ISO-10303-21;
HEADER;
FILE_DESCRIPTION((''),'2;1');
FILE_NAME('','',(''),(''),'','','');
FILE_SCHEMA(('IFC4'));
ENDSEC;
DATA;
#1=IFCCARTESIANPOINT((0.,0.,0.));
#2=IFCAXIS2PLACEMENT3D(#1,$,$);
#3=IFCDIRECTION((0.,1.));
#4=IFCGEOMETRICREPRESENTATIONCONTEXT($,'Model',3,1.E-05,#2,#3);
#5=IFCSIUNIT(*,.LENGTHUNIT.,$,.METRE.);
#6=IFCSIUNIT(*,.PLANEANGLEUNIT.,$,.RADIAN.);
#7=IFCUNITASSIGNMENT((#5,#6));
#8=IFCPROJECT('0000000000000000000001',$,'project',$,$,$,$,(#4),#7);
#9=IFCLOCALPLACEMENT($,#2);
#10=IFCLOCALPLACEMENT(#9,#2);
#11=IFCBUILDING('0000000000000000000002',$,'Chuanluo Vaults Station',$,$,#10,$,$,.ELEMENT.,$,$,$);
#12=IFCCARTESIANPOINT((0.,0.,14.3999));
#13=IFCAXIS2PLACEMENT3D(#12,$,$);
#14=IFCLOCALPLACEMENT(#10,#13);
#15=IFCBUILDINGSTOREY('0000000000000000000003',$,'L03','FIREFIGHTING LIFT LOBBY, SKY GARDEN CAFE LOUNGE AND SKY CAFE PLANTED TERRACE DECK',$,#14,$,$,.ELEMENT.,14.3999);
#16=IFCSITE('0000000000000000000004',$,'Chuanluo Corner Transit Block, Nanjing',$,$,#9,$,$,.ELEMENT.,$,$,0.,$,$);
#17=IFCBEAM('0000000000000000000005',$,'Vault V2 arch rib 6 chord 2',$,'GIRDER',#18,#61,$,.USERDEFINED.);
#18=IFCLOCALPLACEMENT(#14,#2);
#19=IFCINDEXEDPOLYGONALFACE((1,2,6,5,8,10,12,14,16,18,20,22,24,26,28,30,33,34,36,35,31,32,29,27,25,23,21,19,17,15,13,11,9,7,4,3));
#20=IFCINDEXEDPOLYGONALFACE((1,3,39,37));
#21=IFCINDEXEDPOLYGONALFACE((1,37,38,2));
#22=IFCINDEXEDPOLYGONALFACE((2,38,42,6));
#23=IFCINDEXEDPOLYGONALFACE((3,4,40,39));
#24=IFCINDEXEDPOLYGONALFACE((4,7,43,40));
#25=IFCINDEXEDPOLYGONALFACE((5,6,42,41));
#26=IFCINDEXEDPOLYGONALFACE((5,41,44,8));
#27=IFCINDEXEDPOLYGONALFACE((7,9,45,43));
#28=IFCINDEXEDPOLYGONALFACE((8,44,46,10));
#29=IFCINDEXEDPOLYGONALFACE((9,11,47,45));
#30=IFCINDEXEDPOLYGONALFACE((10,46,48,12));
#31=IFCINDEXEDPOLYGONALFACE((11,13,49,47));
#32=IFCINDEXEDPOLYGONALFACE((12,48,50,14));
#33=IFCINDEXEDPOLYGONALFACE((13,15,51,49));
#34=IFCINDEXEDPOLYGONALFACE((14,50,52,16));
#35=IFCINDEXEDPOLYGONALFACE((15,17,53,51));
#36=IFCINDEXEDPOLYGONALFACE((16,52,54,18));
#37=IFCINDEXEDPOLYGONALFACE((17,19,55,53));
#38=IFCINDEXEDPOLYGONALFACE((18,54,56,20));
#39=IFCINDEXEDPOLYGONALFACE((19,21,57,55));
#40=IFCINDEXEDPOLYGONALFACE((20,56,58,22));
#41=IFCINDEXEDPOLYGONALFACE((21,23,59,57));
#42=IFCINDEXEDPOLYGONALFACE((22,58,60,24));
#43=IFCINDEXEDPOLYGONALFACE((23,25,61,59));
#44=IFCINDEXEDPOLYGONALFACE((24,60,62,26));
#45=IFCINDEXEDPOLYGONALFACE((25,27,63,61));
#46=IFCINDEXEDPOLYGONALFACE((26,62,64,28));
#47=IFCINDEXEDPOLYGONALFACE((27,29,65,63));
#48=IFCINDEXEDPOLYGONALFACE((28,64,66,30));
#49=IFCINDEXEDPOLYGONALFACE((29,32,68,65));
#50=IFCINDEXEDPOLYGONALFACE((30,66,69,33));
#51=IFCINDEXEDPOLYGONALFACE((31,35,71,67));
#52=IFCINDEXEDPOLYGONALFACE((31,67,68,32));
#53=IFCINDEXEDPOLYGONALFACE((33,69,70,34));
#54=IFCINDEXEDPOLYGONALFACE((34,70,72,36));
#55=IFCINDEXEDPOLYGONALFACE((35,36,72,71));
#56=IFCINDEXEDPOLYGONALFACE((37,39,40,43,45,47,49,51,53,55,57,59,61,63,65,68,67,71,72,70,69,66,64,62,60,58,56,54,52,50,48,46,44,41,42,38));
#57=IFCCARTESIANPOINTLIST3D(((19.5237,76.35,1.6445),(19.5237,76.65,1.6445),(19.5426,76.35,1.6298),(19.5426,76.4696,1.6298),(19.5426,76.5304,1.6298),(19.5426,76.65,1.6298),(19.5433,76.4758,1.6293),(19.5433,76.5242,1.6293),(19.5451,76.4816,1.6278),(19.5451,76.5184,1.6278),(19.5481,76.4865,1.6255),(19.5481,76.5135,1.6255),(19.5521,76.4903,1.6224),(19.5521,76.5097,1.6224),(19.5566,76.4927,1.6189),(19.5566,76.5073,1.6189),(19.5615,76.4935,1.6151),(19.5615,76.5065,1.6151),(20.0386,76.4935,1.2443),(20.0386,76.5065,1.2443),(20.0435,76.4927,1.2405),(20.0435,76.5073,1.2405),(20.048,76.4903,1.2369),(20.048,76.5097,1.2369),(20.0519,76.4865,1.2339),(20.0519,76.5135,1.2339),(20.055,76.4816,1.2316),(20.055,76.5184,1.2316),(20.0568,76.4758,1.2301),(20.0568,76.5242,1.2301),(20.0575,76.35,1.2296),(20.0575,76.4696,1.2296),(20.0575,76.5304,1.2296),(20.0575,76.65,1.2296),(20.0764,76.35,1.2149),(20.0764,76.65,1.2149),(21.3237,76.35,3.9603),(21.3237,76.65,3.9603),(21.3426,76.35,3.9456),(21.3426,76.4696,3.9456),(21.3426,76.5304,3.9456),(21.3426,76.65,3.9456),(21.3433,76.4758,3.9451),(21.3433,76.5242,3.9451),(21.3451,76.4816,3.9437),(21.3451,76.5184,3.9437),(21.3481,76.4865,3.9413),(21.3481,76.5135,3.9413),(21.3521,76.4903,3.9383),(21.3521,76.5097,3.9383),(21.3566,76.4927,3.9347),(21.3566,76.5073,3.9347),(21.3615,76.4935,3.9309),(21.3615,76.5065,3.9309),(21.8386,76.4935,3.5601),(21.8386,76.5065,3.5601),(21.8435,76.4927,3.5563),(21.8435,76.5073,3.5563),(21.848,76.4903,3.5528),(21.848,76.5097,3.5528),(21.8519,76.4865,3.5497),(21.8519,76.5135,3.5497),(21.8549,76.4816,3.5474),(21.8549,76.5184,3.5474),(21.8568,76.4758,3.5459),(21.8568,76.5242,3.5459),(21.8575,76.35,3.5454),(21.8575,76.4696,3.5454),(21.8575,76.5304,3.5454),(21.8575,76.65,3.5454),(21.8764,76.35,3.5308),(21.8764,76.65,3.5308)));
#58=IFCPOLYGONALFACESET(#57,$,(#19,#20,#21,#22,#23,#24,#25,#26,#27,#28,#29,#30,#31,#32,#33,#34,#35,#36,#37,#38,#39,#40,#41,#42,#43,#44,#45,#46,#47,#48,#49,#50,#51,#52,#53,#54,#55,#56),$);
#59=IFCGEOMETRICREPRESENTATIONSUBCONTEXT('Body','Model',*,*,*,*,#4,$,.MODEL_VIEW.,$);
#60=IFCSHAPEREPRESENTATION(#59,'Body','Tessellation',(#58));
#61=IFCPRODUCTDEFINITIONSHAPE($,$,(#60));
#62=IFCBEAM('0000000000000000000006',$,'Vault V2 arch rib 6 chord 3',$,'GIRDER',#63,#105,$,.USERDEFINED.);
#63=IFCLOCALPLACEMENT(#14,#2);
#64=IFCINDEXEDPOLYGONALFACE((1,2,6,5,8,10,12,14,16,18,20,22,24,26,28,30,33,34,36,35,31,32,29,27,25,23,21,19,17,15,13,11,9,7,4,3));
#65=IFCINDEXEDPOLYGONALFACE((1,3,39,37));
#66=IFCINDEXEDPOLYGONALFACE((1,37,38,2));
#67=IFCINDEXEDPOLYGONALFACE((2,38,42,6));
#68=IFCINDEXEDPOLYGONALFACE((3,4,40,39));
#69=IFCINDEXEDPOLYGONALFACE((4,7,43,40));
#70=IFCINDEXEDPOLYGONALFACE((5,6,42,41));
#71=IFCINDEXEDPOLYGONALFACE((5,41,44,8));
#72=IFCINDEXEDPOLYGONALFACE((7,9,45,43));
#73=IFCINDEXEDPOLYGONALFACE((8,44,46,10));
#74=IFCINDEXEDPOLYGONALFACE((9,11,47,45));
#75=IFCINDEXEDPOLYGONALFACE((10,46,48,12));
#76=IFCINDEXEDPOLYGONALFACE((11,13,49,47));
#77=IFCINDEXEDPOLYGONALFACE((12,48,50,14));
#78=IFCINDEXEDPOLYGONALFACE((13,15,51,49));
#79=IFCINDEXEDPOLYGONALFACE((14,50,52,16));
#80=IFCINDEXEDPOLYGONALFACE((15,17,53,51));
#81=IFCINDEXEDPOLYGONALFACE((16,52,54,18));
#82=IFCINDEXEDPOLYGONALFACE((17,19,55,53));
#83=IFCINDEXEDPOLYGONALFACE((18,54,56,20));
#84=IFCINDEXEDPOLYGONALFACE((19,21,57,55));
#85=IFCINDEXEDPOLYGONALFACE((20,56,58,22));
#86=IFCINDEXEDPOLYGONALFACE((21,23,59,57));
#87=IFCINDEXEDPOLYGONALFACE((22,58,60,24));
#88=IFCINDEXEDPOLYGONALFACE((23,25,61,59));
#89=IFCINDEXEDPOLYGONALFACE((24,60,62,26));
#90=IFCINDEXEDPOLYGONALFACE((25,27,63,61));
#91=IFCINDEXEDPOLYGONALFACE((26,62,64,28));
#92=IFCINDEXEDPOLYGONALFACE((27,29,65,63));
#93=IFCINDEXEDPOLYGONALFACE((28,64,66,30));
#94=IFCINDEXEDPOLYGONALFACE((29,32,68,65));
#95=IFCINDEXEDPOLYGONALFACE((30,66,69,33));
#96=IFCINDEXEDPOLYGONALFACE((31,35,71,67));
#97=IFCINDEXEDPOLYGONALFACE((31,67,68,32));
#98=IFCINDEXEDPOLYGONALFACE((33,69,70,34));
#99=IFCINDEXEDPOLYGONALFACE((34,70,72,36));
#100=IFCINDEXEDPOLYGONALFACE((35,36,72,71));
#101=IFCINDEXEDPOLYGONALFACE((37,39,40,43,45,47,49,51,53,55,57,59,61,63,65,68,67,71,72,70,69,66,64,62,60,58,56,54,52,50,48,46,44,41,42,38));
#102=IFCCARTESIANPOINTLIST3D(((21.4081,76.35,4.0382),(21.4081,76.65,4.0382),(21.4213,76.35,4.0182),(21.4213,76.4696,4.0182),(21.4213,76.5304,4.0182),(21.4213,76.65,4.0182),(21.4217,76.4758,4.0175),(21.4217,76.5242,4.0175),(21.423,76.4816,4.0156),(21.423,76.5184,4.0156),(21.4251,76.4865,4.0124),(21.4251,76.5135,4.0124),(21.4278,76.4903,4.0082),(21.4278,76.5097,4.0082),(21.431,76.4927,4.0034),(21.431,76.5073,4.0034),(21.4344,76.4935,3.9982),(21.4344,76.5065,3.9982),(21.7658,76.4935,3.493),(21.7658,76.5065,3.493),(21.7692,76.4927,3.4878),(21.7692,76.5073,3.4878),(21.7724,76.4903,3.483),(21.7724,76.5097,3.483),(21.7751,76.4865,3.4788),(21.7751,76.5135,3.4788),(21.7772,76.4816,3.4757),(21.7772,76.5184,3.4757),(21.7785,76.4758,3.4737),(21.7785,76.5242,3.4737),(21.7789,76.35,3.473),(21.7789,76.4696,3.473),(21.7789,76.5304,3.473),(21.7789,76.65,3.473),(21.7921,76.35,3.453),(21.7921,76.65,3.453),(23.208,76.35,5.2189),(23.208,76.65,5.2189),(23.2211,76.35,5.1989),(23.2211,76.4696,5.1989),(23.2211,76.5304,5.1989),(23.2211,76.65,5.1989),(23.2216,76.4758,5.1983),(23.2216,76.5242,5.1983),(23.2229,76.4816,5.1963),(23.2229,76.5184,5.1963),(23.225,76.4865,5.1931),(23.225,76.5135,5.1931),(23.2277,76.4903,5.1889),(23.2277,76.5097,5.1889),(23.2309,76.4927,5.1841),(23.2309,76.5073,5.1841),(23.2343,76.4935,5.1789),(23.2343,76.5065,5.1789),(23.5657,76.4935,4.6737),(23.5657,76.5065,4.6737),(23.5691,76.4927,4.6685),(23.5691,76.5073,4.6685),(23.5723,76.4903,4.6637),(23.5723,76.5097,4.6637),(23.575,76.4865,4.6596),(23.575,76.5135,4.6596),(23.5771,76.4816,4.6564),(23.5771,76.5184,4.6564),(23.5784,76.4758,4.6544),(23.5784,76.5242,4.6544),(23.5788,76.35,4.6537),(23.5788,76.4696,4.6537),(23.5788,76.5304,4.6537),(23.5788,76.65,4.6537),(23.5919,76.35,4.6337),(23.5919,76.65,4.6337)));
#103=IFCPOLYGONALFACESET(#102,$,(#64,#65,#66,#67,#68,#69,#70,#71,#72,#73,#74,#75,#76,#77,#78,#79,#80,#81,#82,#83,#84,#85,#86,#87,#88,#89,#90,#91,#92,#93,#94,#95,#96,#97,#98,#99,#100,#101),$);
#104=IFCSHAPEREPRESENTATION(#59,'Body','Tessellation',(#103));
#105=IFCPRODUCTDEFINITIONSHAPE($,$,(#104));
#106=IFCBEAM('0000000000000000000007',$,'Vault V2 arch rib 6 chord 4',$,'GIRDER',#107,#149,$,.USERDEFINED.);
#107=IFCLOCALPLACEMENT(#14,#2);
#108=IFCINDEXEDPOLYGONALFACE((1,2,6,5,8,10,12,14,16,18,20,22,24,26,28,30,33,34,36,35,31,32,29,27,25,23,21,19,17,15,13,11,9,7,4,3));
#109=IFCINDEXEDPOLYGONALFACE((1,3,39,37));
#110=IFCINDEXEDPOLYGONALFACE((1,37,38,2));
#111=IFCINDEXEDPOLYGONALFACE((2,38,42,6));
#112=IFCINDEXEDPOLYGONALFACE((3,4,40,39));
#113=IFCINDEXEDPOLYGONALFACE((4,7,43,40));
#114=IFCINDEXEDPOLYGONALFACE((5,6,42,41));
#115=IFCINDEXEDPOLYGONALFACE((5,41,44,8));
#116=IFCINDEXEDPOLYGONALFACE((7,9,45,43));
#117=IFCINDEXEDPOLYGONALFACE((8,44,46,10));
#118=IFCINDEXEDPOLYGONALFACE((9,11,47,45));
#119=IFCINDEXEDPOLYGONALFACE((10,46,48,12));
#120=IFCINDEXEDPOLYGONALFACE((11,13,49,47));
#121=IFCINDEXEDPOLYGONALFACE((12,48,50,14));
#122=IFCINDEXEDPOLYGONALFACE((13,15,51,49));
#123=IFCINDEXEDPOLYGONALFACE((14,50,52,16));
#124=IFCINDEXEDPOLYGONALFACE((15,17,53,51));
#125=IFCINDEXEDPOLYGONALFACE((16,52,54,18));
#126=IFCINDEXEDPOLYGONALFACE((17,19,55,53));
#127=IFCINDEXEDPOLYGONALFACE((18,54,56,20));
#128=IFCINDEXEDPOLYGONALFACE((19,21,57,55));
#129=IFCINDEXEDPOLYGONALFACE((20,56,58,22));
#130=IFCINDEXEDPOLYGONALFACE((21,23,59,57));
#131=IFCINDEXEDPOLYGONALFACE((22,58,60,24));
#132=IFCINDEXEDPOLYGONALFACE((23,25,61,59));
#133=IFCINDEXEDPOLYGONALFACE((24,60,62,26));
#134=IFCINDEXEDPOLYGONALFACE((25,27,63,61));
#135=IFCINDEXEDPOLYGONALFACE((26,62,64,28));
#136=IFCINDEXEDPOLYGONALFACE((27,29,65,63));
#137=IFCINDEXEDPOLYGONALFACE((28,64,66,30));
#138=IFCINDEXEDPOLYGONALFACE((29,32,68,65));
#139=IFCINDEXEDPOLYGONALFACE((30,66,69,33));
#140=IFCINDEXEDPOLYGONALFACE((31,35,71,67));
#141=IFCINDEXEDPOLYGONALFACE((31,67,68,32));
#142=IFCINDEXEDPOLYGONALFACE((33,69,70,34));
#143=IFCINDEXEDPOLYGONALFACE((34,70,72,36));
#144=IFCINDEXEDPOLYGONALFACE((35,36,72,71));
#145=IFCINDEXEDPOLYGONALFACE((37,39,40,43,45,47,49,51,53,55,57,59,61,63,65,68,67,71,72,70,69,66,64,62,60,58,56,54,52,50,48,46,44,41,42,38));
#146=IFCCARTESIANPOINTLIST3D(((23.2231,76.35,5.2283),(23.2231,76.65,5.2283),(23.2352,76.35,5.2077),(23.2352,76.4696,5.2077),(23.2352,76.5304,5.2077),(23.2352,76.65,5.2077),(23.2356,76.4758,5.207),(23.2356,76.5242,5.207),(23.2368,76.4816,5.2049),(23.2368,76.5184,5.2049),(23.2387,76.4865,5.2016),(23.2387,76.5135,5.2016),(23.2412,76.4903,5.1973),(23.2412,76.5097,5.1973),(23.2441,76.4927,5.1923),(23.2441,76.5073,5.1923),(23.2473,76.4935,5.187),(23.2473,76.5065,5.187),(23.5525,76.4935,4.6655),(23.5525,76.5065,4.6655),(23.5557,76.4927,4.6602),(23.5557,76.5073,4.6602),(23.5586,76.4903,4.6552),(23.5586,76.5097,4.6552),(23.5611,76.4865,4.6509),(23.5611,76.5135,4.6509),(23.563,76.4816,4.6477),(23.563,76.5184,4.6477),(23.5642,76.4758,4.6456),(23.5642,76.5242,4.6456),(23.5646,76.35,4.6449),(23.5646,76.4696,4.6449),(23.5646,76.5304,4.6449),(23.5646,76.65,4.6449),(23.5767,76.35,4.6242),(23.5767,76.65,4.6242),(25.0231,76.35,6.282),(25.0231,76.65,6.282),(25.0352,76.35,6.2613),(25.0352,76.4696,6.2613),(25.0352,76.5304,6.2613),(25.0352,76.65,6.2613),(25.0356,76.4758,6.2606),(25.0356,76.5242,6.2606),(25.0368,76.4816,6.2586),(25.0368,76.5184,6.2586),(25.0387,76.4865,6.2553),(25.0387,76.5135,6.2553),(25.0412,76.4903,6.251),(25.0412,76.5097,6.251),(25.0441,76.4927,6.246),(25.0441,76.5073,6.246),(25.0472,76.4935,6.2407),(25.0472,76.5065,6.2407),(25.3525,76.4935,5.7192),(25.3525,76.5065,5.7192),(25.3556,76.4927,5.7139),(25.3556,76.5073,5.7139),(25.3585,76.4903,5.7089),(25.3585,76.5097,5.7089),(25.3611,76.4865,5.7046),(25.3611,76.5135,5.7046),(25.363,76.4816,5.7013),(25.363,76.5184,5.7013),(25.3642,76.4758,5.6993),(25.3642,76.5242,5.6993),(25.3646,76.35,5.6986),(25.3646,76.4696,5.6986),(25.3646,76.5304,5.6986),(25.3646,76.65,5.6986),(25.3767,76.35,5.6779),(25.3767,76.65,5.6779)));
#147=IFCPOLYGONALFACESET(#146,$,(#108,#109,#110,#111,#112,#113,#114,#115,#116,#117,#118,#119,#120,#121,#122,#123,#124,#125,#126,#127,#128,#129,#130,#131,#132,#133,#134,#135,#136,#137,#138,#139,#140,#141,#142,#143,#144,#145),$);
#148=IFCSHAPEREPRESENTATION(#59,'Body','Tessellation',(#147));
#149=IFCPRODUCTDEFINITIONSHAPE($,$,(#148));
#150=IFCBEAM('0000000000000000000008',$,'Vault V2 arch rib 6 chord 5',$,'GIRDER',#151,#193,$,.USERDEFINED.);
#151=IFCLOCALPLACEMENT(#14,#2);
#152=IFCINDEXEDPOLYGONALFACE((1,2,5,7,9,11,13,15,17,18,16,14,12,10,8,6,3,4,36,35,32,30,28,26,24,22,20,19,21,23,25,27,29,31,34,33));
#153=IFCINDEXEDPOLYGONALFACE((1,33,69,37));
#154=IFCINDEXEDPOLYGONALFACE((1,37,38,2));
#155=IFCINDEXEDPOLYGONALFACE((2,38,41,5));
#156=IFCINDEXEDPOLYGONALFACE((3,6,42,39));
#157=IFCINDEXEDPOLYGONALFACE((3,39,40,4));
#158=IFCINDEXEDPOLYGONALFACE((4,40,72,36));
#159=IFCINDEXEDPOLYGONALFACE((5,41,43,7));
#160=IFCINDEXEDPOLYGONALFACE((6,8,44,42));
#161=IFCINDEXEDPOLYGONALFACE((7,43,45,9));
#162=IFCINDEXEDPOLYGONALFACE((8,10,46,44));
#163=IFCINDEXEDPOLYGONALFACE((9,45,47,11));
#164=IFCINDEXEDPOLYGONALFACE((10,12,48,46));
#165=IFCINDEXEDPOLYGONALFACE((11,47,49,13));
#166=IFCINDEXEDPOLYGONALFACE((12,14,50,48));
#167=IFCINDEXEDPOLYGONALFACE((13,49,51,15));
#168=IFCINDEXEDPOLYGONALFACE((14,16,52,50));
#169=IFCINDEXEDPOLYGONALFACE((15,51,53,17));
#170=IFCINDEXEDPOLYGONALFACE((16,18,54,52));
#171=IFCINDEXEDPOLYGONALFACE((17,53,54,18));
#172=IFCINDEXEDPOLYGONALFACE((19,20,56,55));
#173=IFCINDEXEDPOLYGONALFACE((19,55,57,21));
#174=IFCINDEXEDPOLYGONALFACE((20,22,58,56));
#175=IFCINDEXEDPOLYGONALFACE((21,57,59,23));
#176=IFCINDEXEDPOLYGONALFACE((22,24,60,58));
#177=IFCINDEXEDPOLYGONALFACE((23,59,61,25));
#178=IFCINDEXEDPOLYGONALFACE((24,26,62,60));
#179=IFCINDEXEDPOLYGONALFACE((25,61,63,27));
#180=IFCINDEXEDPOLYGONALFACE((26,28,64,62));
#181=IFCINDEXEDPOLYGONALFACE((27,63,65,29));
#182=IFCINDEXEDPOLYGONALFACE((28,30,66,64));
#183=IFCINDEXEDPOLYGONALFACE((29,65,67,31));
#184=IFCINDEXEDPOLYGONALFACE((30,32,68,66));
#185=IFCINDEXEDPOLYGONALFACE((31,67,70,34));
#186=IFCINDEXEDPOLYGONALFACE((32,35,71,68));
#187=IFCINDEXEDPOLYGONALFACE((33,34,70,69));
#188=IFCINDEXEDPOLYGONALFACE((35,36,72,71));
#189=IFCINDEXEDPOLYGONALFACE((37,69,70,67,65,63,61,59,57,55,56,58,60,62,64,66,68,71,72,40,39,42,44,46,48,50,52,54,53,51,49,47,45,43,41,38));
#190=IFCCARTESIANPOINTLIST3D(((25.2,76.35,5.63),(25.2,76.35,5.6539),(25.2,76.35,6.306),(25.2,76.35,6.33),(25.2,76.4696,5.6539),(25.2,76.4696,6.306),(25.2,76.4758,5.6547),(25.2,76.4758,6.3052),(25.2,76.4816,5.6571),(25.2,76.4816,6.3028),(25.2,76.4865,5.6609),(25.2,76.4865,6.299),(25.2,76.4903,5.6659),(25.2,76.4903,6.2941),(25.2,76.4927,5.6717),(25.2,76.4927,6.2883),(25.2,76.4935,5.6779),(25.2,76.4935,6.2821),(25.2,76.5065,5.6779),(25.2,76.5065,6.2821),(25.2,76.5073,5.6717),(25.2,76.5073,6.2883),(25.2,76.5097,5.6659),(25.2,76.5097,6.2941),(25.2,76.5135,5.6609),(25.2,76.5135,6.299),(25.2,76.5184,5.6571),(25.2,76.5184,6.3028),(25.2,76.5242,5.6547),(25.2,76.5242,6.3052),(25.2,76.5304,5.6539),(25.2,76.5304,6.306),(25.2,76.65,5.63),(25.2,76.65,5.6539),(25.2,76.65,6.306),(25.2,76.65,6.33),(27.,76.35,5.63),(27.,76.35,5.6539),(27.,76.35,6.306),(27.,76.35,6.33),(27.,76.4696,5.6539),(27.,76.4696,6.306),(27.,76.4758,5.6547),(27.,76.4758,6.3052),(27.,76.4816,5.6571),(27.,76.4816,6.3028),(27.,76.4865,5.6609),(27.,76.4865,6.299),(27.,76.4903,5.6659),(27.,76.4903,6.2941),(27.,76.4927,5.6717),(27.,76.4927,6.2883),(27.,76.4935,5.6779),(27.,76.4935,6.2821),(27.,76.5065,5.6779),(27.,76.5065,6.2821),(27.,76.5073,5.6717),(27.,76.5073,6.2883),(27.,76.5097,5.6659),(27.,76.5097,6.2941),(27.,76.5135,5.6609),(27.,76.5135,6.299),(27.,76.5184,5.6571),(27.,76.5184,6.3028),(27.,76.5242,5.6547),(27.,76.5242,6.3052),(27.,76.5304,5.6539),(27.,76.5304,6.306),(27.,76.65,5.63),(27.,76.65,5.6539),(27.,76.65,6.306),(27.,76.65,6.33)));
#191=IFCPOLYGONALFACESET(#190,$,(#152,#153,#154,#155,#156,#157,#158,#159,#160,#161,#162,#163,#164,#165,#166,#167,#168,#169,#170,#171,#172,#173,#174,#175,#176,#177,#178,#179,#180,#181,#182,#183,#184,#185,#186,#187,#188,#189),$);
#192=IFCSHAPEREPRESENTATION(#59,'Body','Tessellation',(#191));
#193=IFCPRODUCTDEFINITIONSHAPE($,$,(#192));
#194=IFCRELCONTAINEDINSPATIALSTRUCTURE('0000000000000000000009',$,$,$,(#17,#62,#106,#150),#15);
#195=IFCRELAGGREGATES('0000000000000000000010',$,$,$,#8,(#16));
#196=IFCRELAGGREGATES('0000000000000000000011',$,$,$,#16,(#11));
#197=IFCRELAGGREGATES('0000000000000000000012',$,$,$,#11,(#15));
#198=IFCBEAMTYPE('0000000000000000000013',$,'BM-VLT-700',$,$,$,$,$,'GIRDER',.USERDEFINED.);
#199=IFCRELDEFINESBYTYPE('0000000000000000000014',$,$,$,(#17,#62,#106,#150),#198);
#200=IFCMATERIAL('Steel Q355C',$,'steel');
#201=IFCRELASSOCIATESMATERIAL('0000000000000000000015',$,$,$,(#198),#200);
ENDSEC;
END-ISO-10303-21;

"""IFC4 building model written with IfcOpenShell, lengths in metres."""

from ifc_helpers import new_model, si_unit, direction, frame, origin, origin_2d, place, context, subcontext, project, spatial, i_section, extrude, material, material_profile, profile_set, type_object, element, save


model = new_model("IFC4")

# Units and contexts
model_context = context("Model", 3, precision=1e-05, world=origin(), true_north=direction((0.0, 1.0)))
body_context = subcontext(model_context, "Body", "Model", "MODEL_VIEW")
ifc_project = project(units=[si_unit("LENGTHUNIT", "METRE"), si_unit("PLANEANGLEUNIT", "RADIAN")], contexts=[model_context])

# Site, building, storey
site_placement = place(None, origin())
site = spatial("IfcSite", under=ifc_project, at=site_placement, Name="Chuanluo Corner Transit Block, Nanjing", CompositionType="ELEMENT", RefElevation=0.0)
building_placement = place(site_placement, origin())
building = spatial("IfcBuilding", under=site, at=building_placement, Name="Chuanluo Vaults Station", CompositionType="ELEMENT")
storey_placement = place(building_placement, frame((0.0, 0.0, 14.3999)))
storey = spatial("IfcBuildingStorey", under=building, at=storey_placement, Name="L03", Description="FIREFIGHTING LIFT LOBBY, SKY GARDEN CAFE LOUNGE AND SKY CAFE PLANTED TERRACE DECK", CompositionType="ELEMENT", Elevation=14.3999)

# Beams
ifc_material_1 = material(Name="Steel Q355C", Category="steel")
ifc_material_profile_1 = material_profile(ifc_material_1, i_section(OverallWidth=0.3, OverallDepth=0.7, WebThickness=0.0129, FlangeThickness=0.0239, FilletRadius=0.0239, at=origin_2d()))
ifc_profile_set_1 = profile_set([ifc_material_profile_1], Name="Steel Q355C")
beam_type_1 = type_object("IfcBeamType", Name="BM-VLT-700", ElementType="GIRDER", PredefinedType="USERDEFINED", material=ifc_profile_set_1)
beam_1_placement = place(storey_placement, frame((19.8, 76.5, 1.4297), z_axis=(0.613681, 0.0, 0.789554), x_axis=(0.0, 1.0, 0.0)))
element("IfcBeam", 1, at=beam_1_placement, inside=storey, type_object=beam_type_1, Name="Vault V2 arch rib 6 chord 2", ObjectType="GIRDER", PredefinedType="USERDEFINED", context=body_context, shape_type="SweptSolid", body=[
    extrude(i_section(OverallWidth=0.3, OverallDepth=0.7, WebThickness=0.0129, FlangeThickness=0.0239, FilletRadius=0.0239, at=origin_2d()), origin(), (0.0, 0.0, 1.0), 2.9331),
])
beam_2_placement = place(storey_placement, frame((21.6001, 76.5, 3.7456), z_axis=(0.836145, 0.0, 0.548508), x_axis=(0.0, 1.0, 0.0)))
element("IfcBeam", 2, at=beam_2_placement, inside=storey, type_object=beam_type_1, Name="Vault V2 arch rib 6 chord 3", ObjectType="GIRDER", PredefinedType="USERDEFINED", context=body_context, shape_type="SweptSolid", body=[
    extrude(i_section(OverallWidth=0.3, OverallDepth=0.7, WebThickness=0.0129, FlangeThickness=0.0239, FilletRadius=0.0239, at=origin_2d()), origin(), (0.0, 0.0, 1.0), 2.1526),
])
beam_3_placement = place(storey_placement, frame((23.3999, 76.5, 4.9263), z_axis=(0.863009, 0.0, 0.505188), x_axis=(0.0, 1.0, 0.0)))
element("IfcBeam", 3, at=beam_3_placement, inside=storey, type_object=beam_type_1, Name="Vault V2 arch rib 6 chord 4", ObjectType="GIRDER", PredefinedType="USERDEFINED", context=body_context, shape_type="SweptSolid", body=[
    extrude(i_section(OverallWidth=0.3, OverallDepth=0.7, WebThickness=0.0129, FlangeThickness=0.0239, FilletRadius=0.0239, at=origin_2d()), origin(), (0.0, 0.0, 1.0), 2.0857),
])
for number, where, z_axis, x_axis, name in (
    (4, (25.2, 76.5, 5.98), (1.0, 0.0, 0.0), (0.0, 1.0, 0.0), "Vault V2 arch rib 6 chord 5"),
):
    element("IfcBeam", number, at=place(storey_placement, frame(where, z_axis=z_axis, x_axis=x_axis)), inside=storey, type_object=beam_type_1, Name=name, ObjectType="GIRDER", PredefinedType="USERDEFINED", context=body_context, shape_type="SweptSolid", body=[
        extrude(i_section(OverallWidth=0.3, OverallDepth=0.7, WebThickness=0.0129, FlangeThickness=0.0239, FilletRadius=0.0239, at=origin_2d()), origin(), (0.0, 0.0, 1.0), 1.8),
    ])

save(model, "model.ifc")
